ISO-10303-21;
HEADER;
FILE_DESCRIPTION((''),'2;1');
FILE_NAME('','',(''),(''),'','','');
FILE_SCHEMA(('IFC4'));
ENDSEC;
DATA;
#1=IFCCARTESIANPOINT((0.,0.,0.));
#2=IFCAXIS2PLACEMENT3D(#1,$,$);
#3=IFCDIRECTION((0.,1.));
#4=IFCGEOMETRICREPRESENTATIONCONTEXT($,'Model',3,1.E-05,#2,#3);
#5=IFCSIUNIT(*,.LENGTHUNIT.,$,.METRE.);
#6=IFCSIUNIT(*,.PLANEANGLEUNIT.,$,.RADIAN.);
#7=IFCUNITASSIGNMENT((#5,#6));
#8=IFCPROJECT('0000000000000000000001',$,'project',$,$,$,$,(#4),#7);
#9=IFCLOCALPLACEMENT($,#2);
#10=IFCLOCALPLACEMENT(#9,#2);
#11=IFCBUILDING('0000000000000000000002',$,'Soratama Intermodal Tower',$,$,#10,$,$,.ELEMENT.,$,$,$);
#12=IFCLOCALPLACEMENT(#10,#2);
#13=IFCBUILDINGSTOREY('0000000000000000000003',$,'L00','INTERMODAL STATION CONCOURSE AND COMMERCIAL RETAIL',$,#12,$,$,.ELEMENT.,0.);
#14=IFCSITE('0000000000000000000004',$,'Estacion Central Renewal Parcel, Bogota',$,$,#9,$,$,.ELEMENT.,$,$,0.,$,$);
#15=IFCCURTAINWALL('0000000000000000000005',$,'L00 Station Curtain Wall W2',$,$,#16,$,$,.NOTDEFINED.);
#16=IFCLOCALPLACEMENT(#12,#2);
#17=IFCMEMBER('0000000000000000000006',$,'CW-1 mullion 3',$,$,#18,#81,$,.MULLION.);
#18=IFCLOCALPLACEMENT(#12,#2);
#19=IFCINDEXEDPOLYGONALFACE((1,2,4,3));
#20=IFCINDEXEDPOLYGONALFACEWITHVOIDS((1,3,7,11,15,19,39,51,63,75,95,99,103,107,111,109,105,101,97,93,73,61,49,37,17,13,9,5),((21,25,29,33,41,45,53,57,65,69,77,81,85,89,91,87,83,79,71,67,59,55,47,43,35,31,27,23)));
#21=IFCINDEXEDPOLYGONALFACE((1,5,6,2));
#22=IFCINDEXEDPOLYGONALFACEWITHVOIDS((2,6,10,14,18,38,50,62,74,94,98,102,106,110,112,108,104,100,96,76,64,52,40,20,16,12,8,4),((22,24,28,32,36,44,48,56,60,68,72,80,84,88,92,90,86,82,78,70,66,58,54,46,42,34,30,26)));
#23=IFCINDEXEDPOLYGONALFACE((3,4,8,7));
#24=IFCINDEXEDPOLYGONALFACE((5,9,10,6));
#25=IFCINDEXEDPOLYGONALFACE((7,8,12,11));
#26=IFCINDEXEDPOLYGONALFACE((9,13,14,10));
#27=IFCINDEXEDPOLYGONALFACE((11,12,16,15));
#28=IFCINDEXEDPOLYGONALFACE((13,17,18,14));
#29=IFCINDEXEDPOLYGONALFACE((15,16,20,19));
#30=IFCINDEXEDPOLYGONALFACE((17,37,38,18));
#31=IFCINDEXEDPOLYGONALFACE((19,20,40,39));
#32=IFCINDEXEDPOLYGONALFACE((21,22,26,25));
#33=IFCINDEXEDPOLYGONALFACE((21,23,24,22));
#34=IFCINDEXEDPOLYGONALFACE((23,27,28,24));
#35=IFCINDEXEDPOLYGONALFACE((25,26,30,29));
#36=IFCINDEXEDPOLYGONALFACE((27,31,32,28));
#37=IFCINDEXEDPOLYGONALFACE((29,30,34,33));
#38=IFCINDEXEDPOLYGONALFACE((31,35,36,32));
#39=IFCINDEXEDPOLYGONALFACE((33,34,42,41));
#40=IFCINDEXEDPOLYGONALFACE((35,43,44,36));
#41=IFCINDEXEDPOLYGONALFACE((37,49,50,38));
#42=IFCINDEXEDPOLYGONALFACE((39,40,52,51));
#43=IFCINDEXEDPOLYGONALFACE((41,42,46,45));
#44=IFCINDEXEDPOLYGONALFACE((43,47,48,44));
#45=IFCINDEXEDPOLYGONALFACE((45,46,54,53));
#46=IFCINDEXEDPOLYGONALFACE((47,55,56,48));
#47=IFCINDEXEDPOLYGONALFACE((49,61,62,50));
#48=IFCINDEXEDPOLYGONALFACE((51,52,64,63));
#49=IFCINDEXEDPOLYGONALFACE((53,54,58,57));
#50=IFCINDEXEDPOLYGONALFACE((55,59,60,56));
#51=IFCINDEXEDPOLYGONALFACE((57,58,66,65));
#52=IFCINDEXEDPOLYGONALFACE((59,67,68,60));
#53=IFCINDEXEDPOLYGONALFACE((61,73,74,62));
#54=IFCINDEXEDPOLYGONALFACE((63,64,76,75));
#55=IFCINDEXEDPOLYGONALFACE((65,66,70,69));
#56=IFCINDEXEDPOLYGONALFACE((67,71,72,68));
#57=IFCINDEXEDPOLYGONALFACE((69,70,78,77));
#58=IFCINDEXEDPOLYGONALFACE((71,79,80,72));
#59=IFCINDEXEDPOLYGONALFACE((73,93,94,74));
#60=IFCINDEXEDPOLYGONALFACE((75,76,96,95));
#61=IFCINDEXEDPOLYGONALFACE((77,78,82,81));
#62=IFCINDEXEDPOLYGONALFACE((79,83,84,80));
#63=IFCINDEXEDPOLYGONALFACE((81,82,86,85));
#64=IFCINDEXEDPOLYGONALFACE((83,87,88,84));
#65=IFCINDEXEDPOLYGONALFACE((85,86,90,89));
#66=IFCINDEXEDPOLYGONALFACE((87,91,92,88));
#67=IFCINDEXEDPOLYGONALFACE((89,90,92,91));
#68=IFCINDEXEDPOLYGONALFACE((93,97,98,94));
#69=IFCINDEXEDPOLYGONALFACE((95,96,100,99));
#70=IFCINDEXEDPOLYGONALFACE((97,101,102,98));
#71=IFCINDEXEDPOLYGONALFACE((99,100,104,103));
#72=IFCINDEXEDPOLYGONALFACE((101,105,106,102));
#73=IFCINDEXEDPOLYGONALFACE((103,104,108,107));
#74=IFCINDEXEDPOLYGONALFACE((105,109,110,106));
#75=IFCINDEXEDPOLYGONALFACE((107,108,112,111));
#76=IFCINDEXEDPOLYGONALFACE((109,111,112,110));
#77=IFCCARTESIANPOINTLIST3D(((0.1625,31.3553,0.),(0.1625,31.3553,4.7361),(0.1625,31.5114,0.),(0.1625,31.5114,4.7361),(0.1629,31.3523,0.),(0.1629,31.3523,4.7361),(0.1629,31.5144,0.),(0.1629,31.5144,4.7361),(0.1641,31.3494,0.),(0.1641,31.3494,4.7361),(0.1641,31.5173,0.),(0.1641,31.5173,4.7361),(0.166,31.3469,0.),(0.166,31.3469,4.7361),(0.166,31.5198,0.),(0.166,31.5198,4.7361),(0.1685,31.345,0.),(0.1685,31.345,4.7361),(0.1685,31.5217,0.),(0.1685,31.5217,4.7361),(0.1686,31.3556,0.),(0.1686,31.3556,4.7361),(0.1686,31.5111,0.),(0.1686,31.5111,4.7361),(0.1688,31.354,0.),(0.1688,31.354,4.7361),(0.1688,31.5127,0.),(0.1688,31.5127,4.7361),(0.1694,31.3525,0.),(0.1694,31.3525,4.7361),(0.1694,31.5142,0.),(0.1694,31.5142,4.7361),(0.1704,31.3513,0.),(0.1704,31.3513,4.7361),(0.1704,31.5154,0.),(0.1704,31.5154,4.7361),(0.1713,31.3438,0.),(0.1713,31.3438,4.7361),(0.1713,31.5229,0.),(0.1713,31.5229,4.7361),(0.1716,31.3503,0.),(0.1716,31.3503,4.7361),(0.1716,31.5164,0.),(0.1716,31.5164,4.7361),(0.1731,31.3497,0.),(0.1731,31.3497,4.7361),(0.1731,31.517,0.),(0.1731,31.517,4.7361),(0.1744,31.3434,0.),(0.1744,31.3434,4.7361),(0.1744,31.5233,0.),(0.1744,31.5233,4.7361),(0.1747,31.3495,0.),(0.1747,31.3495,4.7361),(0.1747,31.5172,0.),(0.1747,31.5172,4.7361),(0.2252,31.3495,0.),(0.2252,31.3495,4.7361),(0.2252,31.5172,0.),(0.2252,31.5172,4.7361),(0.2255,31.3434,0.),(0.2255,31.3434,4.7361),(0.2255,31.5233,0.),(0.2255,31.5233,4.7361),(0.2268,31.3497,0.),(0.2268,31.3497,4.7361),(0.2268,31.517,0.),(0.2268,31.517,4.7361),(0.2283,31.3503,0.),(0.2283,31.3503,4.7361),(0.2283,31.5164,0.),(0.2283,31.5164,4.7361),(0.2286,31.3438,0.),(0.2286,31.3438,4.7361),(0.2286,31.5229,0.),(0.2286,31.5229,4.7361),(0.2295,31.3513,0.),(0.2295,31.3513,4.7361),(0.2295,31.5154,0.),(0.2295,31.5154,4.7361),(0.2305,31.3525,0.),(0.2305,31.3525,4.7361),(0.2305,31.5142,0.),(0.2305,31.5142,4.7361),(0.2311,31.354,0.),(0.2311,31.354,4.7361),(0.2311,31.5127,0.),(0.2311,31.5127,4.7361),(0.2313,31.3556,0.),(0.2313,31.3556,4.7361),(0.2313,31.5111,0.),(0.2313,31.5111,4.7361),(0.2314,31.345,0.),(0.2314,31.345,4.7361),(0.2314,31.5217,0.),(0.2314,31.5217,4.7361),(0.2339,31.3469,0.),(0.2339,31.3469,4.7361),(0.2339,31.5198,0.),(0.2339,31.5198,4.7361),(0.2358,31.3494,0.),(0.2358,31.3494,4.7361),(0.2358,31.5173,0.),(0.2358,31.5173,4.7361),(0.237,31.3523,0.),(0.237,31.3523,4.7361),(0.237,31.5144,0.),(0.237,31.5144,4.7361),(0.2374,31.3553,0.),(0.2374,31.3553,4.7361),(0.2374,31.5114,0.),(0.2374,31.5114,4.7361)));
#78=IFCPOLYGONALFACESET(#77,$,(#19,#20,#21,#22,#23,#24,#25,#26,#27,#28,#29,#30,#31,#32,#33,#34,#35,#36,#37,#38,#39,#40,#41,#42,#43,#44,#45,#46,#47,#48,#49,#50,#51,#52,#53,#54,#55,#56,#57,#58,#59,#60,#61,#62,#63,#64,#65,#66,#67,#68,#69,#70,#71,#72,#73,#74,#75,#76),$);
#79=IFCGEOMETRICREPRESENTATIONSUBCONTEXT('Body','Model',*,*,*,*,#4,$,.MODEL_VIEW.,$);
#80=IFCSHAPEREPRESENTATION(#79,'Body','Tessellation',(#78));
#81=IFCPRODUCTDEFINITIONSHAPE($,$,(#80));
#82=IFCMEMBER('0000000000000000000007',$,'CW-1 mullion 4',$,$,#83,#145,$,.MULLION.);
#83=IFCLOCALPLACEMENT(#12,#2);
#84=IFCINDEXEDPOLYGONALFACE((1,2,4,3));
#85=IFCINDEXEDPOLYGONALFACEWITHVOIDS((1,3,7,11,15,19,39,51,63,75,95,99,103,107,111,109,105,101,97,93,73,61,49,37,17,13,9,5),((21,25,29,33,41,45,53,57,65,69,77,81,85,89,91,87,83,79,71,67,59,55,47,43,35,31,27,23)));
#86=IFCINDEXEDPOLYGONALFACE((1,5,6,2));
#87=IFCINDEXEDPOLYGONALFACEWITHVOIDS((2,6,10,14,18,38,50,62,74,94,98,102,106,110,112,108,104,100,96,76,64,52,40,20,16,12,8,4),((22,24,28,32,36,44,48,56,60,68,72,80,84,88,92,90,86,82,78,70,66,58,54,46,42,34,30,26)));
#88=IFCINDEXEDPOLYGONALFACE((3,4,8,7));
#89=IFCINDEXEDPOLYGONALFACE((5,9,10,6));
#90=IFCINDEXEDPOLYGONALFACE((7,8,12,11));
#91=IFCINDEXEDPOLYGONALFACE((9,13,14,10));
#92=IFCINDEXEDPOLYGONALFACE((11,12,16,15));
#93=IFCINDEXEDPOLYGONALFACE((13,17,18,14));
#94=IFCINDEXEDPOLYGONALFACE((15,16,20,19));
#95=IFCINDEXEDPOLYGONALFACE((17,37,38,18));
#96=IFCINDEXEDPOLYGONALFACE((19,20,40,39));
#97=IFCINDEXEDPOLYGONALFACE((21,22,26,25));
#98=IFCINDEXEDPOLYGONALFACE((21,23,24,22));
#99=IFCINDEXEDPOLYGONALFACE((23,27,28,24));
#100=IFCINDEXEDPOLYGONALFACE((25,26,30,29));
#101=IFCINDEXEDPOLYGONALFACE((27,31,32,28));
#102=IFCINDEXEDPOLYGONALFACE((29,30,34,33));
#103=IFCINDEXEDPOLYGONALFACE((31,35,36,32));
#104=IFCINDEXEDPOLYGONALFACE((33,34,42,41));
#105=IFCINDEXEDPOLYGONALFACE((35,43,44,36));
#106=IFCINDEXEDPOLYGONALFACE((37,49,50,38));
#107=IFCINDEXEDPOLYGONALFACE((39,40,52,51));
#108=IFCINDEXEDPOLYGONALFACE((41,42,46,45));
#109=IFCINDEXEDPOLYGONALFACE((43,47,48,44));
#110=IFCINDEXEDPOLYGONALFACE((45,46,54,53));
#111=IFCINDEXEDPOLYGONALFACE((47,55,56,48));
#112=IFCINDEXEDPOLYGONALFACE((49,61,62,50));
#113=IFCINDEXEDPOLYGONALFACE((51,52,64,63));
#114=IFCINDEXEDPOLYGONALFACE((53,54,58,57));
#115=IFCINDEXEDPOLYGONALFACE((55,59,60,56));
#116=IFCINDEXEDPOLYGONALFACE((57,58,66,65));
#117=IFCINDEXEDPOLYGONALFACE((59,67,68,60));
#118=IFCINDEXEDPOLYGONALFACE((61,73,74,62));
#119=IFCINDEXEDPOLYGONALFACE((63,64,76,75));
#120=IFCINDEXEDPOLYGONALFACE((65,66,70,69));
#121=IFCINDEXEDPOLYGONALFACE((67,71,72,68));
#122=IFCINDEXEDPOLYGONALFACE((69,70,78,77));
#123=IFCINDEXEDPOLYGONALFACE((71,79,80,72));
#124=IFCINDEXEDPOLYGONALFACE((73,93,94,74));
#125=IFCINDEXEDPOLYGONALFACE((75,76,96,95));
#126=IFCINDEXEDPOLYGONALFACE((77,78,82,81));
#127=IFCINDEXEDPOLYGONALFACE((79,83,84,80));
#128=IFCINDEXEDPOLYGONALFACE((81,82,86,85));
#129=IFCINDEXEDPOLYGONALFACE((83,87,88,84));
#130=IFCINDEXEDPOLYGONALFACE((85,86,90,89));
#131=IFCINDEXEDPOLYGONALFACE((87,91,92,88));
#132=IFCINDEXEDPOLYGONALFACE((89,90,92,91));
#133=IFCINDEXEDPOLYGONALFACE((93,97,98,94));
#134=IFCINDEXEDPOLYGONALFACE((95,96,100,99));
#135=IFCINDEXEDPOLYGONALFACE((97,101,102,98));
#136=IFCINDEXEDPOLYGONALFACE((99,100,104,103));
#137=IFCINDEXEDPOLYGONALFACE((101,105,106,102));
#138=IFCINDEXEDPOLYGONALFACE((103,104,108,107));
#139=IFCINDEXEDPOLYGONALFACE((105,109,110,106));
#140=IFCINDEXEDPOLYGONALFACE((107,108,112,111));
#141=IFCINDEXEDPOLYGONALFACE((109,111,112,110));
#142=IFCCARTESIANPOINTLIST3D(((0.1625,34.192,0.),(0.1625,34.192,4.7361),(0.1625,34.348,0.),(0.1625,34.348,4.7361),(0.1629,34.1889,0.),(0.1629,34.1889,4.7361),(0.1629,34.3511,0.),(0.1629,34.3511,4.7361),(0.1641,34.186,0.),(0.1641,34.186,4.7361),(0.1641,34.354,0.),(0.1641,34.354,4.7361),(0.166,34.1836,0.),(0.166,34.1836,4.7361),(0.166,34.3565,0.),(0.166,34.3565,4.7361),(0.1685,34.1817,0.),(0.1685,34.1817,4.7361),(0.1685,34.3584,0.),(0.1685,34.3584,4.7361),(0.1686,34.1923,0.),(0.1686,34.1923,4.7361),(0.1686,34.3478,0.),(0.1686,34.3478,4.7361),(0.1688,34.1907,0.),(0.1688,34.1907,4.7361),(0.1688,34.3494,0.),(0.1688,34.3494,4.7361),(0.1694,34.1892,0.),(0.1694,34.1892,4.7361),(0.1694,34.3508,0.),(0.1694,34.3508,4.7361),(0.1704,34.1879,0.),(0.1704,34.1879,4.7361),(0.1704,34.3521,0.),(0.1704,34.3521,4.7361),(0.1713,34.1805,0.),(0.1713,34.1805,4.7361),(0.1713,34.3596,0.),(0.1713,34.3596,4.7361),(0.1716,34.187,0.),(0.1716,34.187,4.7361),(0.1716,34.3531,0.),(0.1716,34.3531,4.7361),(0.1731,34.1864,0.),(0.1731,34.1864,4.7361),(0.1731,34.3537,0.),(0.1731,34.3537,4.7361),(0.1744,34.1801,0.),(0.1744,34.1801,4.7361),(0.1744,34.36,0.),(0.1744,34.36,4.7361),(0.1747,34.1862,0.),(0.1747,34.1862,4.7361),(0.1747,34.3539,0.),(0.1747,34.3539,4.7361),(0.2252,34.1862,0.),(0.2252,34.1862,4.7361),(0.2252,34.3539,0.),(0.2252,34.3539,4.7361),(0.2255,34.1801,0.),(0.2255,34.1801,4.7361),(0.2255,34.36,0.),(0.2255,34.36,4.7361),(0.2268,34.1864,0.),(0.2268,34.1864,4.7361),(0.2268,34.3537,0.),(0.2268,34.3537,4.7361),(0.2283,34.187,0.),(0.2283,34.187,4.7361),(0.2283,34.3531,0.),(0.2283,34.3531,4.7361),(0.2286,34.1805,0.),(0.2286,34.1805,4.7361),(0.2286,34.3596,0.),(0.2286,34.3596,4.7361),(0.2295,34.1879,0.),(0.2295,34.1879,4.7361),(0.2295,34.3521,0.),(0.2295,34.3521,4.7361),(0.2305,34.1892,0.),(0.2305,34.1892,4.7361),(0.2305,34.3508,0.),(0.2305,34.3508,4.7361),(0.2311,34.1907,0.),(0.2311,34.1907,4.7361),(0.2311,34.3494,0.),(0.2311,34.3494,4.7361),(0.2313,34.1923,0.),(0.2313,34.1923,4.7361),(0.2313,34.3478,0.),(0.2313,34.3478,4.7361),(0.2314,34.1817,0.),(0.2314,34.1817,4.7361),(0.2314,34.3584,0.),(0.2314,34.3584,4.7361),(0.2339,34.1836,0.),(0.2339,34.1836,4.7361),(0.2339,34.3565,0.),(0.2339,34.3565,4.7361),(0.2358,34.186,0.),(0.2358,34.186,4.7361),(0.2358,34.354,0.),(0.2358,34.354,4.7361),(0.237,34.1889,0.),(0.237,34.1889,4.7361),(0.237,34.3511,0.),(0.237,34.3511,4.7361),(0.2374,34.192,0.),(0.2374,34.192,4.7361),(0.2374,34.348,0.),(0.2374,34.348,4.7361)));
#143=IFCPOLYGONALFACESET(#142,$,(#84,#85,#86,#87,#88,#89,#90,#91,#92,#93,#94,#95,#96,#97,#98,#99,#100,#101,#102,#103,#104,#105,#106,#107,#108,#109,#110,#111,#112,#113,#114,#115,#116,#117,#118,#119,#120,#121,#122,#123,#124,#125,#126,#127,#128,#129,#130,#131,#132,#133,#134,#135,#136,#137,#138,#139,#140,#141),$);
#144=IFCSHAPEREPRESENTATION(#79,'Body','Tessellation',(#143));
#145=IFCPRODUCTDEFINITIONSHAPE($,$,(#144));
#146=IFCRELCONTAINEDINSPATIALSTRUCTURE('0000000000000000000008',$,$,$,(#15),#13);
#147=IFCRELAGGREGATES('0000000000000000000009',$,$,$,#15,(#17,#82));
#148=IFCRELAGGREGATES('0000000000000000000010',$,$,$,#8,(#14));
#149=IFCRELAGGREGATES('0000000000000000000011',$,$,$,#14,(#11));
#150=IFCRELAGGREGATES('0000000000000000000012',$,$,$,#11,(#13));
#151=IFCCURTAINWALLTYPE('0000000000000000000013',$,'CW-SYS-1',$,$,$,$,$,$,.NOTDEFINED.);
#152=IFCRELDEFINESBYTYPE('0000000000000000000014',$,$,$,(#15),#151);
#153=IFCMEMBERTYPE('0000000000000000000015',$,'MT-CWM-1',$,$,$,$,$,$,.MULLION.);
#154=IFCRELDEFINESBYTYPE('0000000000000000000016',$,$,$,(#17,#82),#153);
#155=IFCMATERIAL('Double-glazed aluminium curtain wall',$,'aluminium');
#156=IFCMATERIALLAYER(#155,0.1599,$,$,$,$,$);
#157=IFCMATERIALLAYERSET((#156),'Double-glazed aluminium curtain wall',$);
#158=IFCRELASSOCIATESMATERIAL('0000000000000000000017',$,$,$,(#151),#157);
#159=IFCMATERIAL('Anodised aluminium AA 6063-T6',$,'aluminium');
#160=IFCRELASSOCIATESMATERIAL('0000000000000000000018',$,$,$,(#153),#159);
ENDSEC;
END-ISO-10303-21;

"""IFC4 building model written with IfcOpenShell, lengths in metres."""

from ifc_helpers import new_model, si_unit, direction, frame, origin, origin_2d, place, context, subcontext, project, spatial, hollow_rectangle, extrude, material, layer, layer_set, material_profile, profile_set, type_object, element, aggregate, save


model = new_model("IFC4")

# Units and contexts
model_context = context("Model", 3, precision=1e-05, world=origin(), true_north=direction((0.0, 1.0)))
body_context = subcontext(model_context, "Body", "Model", "MODEL_VIEW")
ifc_project = project(units=[si_unit("LENGTHUNIT", "METRE"), si_unit("PLANEANGLEUNIT", "RADIAN")], contexts=[model_context])

# Site, building, storey
site_placement = place(None, origin())
site = spatial("IfcSite", under=ifc_project, at=site_placement, Name="Estacion Central Renewal Parcel, Bogota", CompositionType="ELEMENT", RefElevation=0.0)
building_placement = place(site_placement, origin())
building = spatial("IfcBuilding", under=site, at=building_placement, Name="Soratama Intermodal Tower", CompositionType="ELEMENT")
storey_placement = place(building_placement, origin())
storey = spatial("IfcBuildingStorey", under=building, at=storey_placement, Name="L00", Description="INTERMODAL STATION CONCOURSE AND COMMERCIAL RETAIL", CompositionType="ELEMENT", Elevation=0.0)

# Curtain wall, members
ifc_material_1 = material(Name="Double-glazed aluminium curtain wall", Category="aluminium")
ifc_layer_1 = layer(ifc_material_1, 0.1599)
ifc_layer_set_1 = layer_set([ifc_layer_1], Name="Double-glazed aluminium curtain wall")
curtain_wall_type = type_object("IfcCurtainWallType", Name="CW-SYS-1", PredefinedType="NOTDEFINED", material=ifc_layer_set_1)
curtain_wall_placement = place(storey_placement, origin())
curtain_wall = element("IfcCurtainWall", 1, at=curtain_wall_placement, inside=storey, type_object=curtain_wall_type, Name="L00 Station Curtain Wall W2", PredefinedType="NOTDEFINED")
ifc_material_2 = material(Name="Anodised aluminium AA 6063-T6", Category="aluminium")
ifc_material_profile_1 = material_profile(ifc_material_2, hollow_rectangle(XDim=0.075, YDim=0.1799, WallThickness=0.0061, InnerFilletRadius=0.0061, OuterFilletRadius=0.012, at=origin_2d()), Name="CWM180X75X6")
ifc_profile_set_1 = profile_set([ifc_material_profile_1], Name="Anodised aluminium AA 6063-T6")
member_type_1 = type_object("IfcMemberType", Name="MT-CWM-1", PredefinedType="MULLION", material=ifc_profile_set_1)
member_1_placement = place(storey_placement, frame((0.2, 31.4333, 0.0), z_axis=(0.0, 0.0, 1.0), x_axis=(-1.0, 0.0, 0.0)))
member_1 = element("IfcMember", 2, at=member_1_placement, type_object=member_type_1, Name="CW-1 mullion 3", PredefinedType="MULLION", context=body_context, shape_type="SweptSolid", body=[
    extrude(hollow_rectangle(XDim=0.075, YDim=0.1799, WallThickness=0.0061, InnerFilletRadius=0.0061, OuterFilletRadius=0.012, at=origin_2d()), origin(), (0.0, 0.0, 1.0), 4.7361),
])
member_2_placement = place(storey_placement, frame((0.2, 34.27, 0.0), z_axis=(0.0, 0.0, 1.0), x_axis=(-1.0, 0.0, 0.0)))
member_2 = element("IfcMember", 3, at=member_2_placement, type_object=member_type_1, Name="CW-1 mullion 4", PredefinedType="MULLION", context=body_context, shape_type="SweptSolid", body=[
    extrude(hollow_rectangle(XDim=0.075, YDim=0.1799, WallThickness=0.0061, InnerFilletRadius=0.0061, OuterFilletRadius=0.012, at=origin_2d()), origin(), (0.0, 0.0, 1.0), 4.7361),
])
aggregate(curtain_wall, [member_1, member_2])

save(model, "model.ifc")
